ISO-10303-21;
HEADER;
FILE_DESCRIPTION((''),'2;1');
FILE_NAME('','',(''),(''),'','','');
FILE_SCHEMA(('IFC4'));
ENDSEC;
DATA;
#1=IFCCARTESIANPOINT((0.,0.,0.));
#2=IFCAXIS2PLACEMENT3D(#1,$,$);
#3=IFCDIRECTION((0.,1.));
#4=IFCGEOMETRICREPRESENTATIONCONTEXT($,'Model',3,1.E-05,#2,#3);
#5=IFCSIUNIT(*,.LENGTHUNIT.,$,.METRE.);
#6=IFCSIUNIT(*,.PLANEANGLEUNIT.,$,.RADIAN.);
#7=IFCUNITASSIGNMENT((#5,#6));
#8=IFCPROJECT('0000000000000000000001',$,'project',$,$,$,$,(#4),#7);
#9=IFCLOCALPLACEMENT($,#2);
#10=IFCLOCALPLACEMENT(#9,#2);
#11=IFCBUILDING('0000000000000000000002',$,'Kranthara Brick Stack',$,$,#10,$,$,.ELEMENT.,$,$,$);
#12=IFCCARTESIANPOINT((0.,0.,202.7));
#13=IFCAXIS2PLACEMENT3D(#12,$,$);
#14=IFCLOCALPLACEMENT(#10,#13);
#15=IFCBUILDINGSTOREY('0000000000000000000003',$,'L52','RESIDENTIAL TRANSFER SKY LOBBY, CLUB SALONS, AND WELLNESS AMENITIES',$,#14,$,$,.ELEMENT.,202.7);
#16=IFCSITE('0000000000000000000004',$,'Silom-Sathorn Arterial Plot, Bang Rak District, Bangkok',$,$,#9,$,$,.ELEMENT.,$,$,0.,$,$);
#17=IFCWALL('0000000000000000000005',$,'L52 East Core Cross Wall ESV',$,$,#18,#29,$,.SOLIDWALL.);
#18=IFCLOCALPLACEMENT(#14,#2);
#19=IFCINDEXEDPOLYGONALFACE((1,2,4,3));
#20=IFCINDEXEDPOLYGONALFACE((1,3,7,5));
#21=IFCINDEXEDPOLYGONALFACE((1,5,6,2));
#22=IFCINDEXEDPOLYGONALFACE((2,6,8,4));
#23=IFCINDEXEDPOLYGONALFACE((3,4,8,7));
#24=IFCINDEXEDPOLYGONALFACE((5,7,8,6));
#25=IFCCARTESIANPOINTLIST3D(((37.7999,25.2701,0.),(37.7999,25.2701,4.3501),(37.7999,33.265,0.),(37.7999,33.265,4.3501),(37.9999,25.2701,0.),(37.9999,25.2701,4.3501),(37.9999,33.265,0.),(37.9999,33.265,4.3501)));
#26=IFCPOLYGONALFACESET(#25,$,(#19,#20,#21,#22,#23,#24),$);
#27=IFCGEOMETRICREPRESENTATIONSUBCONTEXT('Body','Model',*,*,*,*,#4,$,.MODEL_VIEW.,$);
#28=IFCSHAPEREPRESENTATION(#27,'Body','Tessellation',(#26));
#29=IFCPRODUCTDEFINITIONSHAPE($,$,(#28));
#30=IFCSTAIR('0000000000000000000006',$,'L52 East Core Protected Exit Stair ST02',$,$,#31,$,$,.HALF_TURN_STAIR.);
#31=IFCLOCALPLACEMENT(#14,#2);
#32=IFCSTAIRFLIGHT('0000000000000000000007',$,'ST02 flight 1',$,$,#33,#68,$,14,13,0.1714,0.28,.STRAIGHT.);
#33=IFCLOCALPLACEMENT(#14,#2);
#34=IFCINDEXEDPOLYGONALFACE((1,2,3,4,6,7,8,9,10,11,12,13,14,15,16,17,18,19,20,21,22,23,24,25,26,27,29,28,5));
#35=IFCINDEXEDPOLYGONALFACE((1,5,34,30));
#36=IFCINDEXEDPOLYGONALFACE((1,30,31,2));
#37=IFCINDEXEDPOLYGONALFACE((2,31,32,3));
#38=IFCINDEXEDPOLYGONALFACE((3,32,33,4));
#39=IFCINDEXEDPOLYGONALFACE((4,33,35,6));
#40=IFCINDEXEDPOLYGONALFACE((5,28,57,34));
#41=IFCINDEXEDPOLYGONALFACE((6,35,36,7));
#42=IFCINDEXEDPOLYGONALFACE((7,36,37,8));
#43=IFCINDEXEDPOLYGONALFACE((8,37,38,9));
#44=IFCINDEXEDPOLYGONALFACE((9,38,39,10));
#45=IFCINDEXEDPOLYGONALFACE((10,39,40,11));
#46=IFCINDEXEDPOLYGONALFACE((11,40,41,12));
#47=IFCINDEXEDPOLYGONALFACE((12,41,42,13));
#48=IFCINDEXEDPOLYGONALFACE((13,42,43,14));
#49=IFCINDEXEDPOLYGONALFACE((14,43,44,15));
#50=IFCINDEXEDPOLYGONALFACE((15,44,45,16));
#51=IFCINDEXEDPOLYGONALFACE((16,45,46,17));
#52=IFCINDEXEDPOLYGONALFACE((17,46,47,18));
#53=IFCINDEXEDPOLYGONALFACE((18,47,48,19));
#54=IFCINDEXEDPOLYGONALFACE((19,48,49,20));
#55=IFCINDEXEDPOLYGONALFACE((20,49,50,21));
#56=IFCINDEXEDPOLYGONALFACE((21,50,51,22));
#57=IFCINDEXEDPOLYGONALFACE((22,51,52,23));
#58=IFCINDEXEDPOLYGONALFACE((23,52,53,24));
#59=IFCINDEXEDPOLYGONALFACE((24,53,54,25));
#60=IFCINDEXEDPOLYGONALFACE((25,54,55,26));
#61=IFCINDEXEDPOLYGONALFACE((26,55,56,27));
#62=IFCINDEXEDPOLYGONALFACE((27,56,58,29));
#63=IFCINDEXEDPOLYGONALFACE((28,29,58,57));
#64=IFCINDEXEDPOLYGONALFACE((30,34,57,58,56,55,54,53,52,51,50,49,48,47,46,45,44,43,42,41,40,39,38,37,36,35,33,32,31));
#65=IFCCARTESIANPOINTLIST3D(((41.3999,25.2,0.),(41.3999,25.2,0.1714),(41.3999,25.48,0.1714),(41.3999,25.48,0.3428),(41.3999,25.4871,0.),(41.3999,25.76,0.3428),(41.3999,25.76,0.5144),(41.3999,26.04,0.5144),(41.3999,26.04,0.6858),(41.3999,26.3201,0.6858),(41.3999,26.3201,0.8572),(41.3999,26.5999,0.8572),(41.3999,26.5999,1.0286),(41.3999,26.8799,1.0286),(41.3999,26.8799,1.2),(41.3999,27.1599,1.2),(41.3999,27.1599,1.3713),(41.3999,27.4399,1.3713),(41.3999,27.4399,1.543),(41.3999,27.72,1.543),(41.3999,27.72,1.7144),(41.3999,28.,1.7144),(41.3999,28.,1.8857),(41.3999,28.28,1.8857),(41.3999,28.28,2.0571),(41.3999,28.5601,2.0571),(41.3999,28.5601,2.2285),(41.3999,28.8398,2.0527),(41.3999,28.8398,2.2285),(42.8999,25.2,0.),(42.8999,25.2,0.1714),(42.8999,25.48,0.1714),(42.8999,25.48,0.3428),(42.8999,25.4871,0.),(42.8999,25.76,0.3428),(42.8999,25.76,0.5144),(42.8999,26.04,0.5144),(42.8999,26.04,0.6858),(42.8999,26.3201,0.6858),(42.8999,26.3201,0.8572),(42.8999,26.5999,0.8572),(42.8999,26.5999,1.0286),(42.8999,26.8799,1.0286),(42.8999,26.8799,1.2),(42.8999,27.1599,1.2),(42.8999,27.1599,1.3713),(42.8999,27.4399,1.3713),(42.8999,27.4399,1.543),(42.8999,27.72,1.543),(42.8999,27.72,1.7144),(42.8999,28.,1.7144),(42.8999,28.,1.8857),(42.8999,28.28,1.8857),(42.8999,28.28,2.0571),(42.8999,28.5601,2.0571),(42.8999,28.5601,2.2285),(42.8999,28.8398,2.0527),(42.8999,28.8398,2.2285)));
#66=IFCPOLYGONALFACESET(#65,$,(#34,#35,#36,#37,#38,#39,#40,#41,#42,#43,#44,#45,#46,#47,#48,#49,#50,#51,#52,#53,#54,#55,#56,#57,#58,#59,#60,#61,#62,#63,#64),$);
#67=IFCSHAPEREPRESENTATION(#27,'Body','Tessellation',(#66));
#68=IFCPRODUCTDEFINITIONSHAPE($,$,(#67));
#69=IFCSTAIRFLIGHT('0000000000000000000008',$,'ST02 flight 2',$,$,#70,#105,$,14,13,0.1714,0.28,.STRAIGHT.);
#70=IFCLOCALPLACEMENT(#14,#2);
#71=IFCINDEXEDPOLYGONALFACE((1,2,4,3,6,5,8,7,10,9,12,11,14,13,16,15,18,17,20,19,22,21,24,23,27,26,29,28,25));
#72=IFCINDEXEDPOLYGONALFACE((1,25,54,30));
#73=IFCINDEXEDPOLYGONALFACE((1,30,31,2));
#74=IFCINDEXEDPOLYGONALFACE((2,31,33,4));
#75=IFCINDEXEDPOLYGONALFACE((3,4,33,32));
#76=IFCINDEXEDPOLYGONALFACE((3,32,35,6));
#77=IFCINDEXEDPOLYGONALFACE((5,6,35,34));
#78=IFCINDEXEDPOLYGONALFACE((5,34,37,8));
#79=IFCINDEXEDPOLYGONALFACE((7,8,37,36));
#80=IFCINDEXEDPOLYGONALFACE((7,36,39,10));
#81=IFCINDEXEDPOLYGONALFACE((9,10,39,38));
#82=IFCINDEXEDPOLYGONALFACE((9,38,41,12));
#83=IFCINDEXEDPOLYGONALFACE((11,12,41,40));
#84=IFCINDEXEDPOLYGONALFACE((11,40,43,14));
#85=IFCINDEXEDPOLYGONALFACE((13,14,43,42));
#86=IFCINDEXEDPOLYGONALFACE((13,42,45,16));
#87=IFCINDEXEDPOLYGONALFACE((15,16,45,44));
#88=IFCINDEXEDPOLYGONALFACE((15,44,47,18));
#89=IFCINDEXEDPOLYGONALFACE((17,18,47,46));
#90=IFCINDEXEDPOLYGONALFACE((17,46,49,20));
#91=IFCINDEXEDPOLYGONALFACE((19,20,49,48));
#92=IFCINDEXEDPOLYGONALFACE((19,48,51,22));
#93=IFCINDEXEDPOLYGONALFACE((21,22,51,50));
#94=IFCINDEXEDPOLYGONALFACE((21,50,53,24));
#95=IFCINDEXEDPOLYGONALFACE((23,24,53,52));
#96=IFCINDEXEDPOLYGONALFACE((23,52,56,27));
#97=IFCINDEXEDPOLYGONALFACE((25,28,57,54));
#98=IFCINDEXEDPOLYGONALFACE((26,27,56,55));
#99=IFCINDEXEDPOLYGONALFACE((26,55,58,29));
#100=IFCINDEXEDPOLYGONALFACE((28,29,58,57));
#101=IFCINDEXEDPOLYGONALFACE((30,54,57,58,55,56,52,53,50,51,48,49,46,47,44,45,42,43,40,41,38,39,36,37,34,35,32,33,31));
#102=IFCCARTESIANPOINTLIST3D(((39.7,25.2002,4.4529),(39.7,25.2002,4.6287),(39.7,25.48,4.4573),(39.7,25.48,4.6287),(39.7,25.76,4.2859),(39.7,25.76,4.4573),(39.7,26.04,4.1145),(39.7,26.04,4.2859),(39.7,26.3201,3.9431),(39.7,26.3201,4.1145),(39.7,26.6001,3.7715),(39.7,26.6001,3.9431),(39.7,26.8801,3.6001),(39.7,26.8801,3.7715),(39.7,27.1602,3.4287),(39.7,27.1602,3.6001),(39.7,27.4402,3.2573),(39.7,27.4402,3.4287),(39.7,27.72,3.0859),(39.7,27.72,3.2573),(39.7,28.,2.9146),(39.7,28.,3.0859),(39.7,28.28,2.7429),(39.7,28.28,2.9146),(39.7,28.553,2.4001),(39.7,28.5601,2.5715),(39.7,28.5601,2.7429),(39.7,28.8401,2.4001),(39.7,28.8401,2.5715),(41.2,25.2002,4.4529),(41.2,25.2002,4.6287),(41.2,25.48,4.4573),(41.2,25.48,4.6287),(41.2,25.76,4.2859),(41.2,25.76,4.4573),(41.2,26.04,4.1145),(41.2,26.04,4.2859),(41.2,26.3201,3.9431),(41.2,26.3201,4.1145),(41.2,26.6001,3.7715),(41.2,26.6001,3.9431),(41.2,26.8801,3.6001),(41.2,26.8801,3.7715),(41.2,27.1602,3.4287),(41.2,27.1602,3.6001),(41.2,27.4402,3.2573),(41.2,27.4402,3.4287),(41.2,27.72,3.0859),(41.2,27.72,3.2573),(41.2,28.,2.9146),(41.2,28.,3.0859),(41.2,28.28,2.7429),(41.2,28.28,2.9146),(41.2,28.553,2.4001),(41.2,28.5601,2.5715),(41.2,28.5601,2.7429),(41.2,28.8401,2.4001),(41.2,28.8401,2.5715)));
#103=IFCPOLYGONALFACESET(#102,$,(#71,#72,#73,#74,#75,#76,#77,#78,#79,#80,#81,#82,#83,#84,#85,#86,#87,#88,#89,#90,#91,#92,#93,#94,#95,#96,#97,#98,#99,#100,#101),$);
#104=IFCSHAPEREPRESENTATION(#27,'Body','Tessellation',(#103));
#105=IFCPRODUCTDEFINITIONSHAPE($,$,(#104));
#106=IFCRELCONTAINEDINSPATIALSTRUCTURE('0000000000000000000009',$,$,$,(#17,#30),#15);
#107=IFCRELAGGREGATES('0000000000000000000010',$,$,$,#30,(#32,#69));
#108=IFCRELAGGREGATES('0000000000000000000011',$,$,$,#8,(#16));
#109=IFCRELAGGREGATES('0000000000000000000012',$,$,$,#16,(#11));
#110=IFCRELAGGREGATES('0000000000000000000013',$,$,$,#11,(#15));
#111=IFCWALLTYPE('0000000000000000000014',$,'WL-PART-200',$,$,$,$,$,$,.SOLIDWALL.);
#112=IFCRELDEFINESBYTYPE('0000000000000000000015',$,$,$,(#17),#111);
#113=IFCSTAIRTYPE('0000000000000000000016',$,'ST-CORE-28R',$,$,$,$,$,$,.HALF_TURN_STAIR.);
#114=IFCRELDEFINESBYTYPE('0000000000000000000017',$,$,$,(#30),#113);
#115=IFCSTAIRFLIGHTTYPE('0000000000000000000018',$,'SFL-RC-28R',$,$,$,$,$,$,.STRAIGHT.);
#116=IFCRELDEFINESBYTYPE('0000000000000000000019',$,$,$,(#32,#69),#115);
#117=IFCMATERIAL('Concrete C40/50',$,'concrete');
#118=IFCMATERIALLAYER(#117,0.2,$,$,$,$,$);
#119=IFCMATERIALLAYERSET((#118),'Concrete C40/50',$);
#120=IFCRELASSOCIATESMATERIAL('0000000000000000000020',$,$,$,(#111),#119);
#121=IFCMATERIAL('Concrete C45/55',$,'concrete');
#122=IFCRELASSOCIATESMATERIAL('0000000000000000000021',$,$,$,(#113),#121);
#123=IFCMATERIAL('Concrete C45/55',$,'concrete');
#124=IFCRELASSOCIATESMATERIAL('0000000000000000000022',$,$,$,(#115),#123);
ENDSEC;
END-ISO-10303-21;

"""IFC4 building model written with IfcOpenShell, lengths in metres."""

from ifc_helpers import new_model, si_unit, direction, frame, frame_2d, origin, place, context, subcontext, project, spatial, polyline, rectangle, outline, extrude, material, layer, layer_set, type_object, element, aggregate, save


model = new_model("IFC4")

# Units and contexts
model_context = context("Model", 3, precision=1e-05, world=origin(), true_north=direction((0.0, 1.0)))
body_context = subcontext(model_context, "Body", "Model", "MODEL_VIEW")
ifc_project = project(units=[si_unit("LENGTHUNIT", "METRE"), si_unit("PLANEANGLEUNIT", "RADIAN")], contexts=[model_context])

# Site, building, storey
site_placement = place(None, origin())
site = spatial("IfcSite", under=ifc_project, at=site_placement, Name="Silom-Sathorn Arterial Plot, Bang Rak District, Bangkok", CompositionType="ELEMENT", RefElevation=0.0)
building_placement = place(site_placement, origin())
building = spatial("IfcBuilding", under=site, at=building_placement, Name="Kranthara Brick Stack", CompositionType="ELEMENT")
storey_placement = place(building_placement, frame((0.0, 0.0, 202.7)))
storey = spatial("IfcBuildingStorey", under=building, at=storey_placement, Name="L52", Description="RESIDENTIAL TRANSFER SKY LOBBY, CLUB SALONS, AND WELLNESS AMENITIES", CompositionType="ELEMENT", Elevation=202.7)

# Wall
ifc_material_1 = material(Name="Concrete C40/50", Category="concrete")
ifc_layer_1 = layer(ifc_material_1, 0.2)
ifc_layer_set_1 = layer_set([ifc_layer_1], Name="Concrete C40/50")
wall_type_1 = type_object("IfcWallType", Name="WL-PART-200", PredefinedType="SOLIDWALL", material=ifc_layer_set_1)
wall_1_placement = place(storey_placement, frame((37.8999, 25.27, 0.0), z_axis=(0.0, 0.0, 1.0), x_axis=(0.0, 1.0, 0.0)))
element("IfcWall", 1, at=wall_1_placement, inside=storey, type_object=wall_type_1, Name="L52 East Core Cross Wall ESV", PredefinedType="SOLIDWALL", context=body_context, shape_type="SweptSolid", body=[
    extrude(rectangle(XDim=7.9949, YDim=0.2, at=frame_2d((3.9976, 0.0))), origin(), (0.0, 0.0, 1.0), 4.3501),
])

# Stair, stair flights
ifc_material_2 = material(Name="Concrete C45/55", Category="concrete")
stair_type = type_object("IfcStairType", Name="ST-CORE-28R", PredefinedType="HALF_TURN_STAIR", material=ifc_material_2)
stair_placement = place(storey_placement, origin())
stair = element("IfcStair", 2, at=stair_placement, inside=storey, type_object=stair_type, Name="L52 East Core Protected Exit Stair ST02", PredefinedType="HALF_TURN_STAIR")
ifc_material_3 = material(Name="Concrete C45/55", Category="concrete")
stair_flight_type = type_object("IfcStairFlightType", Name="SFL-RC-28R", PredefinedType="STRAIGHT", material=ifc_material_3)
stair_flight_1_placement = place(storey_placement, frame((42.1499, 25.2, 0.0), z_axis=(0.0, 0.0, 1.0), x_axis=(0.0, 1.0, 0.0)))
stair_flight_1 = element("IfcStairFlight", 3, at=stair_flight_1_placement, type_object=stair_flight_type, Name="ST02 flight 1", NumberOfRisers=14, NumberOfTreads=13, PredefinedType="STRAIGHT", RiserHeight=0.1714, TreadLength=0.28, context=body_context, shape_type="SweptSolid", body=[
    extrude(outline(polyline([(0.0, 0.0), (0.0, 0.1714), (0.28, 0.1714), (0.28, 0.3428), (0.5601, 0.3428), (0.5601, 0.5144), (0.8401, 0.5144), (0.8401, 0.6858), (1.1201, 0.6858), (1.1201, 0.8572), (1.3999, 0.8572), (1.3999, 1.0286), (1.6799, 1.0286), (1.6799, 1.2), (1.96, 1.2), (1.96, 1.3713), (2.24, 1.3713), (2.24, 1.543), (2.52, 1.543), (2.52, 1.7144), (2.8, 1.7144), (2.8, 1.8857), (3.0801, 1.8857), (3.0801, 2.0571), (3.3601, 2.0571), (3.3601, 2.2285), (3.6399, 2.2285), (3.6399, 2.3999), (3.6399, 2.0527), (0.2871, 0.0), (0.0, 0.0)])), frame((0.0, 0.75, 0.0), z_axis=(0.0, -1.0, 0.0), x_axis=(1.0, 0.0, 0.0)), (0.0, 0.0, 1.0), 1.5),
])
stair_flight_2_placement = place(storey_placement, frame((40.45, 28.8401, 2.4001), z_axis=(0.0, 0.0, 1.0), x_axis=(0.0, -1.0, 0.0)))
stair_flight_2 = element("IfcStairFlight", 4, at=stair_flight_2_placement, type_object=stair_flight_type, Name="ST02 flight 2", NumberOfRisers=14, NumberOfTreads=13, PredefinedType="STRAIGHT", RiserHeight=0.1714, TreadLength=0.28, context=body_context, shape_type="SweptSolid", body=[
    extrude(outline(polyline([(0.0, 0.0), (0.0, 0.1714), (0.28, 0.1714), (0.28, 0.3428), (0.5601, 0.3428), (0.5601, 0.5144), (0.8401, 0.5144), (0.8401, 0.6858), (1.1201, 0.6858), (1.1201, 0.8572), (1.3999, 0.8572), (1.3999, 1.0286), (1.6799, 1.0286), (1.6799, 1.2), (1.96, 1.2), (1.96, 1.3713), (2.24, 1.3713), (2.24, 1.543), (2.52, 1.543), (2.52, 1.7144), (2.8, 1.7144), (2.8, 1.8857), (3.0801, 1.8857), (3.0801, 2.0571), (3.3601, 2.0571), (3.3601, 2.2285), (3.6399, 2.2285), (3.6399, 2.3999), (3.6399, 2.0527), (0.2871, 0.0), (0.0, 0.0)])), frame((0.0, 0.75, 0.0), z_axis=(0.0, -1.0, 0.0), x_axis=(1.0, 0.0, 0.0)), (0.0, 0.0, 1.0), 1.5),
])
aggregate(stair, [stair_flight_1, stair_flight_2])

save(model, "model.ifc")
